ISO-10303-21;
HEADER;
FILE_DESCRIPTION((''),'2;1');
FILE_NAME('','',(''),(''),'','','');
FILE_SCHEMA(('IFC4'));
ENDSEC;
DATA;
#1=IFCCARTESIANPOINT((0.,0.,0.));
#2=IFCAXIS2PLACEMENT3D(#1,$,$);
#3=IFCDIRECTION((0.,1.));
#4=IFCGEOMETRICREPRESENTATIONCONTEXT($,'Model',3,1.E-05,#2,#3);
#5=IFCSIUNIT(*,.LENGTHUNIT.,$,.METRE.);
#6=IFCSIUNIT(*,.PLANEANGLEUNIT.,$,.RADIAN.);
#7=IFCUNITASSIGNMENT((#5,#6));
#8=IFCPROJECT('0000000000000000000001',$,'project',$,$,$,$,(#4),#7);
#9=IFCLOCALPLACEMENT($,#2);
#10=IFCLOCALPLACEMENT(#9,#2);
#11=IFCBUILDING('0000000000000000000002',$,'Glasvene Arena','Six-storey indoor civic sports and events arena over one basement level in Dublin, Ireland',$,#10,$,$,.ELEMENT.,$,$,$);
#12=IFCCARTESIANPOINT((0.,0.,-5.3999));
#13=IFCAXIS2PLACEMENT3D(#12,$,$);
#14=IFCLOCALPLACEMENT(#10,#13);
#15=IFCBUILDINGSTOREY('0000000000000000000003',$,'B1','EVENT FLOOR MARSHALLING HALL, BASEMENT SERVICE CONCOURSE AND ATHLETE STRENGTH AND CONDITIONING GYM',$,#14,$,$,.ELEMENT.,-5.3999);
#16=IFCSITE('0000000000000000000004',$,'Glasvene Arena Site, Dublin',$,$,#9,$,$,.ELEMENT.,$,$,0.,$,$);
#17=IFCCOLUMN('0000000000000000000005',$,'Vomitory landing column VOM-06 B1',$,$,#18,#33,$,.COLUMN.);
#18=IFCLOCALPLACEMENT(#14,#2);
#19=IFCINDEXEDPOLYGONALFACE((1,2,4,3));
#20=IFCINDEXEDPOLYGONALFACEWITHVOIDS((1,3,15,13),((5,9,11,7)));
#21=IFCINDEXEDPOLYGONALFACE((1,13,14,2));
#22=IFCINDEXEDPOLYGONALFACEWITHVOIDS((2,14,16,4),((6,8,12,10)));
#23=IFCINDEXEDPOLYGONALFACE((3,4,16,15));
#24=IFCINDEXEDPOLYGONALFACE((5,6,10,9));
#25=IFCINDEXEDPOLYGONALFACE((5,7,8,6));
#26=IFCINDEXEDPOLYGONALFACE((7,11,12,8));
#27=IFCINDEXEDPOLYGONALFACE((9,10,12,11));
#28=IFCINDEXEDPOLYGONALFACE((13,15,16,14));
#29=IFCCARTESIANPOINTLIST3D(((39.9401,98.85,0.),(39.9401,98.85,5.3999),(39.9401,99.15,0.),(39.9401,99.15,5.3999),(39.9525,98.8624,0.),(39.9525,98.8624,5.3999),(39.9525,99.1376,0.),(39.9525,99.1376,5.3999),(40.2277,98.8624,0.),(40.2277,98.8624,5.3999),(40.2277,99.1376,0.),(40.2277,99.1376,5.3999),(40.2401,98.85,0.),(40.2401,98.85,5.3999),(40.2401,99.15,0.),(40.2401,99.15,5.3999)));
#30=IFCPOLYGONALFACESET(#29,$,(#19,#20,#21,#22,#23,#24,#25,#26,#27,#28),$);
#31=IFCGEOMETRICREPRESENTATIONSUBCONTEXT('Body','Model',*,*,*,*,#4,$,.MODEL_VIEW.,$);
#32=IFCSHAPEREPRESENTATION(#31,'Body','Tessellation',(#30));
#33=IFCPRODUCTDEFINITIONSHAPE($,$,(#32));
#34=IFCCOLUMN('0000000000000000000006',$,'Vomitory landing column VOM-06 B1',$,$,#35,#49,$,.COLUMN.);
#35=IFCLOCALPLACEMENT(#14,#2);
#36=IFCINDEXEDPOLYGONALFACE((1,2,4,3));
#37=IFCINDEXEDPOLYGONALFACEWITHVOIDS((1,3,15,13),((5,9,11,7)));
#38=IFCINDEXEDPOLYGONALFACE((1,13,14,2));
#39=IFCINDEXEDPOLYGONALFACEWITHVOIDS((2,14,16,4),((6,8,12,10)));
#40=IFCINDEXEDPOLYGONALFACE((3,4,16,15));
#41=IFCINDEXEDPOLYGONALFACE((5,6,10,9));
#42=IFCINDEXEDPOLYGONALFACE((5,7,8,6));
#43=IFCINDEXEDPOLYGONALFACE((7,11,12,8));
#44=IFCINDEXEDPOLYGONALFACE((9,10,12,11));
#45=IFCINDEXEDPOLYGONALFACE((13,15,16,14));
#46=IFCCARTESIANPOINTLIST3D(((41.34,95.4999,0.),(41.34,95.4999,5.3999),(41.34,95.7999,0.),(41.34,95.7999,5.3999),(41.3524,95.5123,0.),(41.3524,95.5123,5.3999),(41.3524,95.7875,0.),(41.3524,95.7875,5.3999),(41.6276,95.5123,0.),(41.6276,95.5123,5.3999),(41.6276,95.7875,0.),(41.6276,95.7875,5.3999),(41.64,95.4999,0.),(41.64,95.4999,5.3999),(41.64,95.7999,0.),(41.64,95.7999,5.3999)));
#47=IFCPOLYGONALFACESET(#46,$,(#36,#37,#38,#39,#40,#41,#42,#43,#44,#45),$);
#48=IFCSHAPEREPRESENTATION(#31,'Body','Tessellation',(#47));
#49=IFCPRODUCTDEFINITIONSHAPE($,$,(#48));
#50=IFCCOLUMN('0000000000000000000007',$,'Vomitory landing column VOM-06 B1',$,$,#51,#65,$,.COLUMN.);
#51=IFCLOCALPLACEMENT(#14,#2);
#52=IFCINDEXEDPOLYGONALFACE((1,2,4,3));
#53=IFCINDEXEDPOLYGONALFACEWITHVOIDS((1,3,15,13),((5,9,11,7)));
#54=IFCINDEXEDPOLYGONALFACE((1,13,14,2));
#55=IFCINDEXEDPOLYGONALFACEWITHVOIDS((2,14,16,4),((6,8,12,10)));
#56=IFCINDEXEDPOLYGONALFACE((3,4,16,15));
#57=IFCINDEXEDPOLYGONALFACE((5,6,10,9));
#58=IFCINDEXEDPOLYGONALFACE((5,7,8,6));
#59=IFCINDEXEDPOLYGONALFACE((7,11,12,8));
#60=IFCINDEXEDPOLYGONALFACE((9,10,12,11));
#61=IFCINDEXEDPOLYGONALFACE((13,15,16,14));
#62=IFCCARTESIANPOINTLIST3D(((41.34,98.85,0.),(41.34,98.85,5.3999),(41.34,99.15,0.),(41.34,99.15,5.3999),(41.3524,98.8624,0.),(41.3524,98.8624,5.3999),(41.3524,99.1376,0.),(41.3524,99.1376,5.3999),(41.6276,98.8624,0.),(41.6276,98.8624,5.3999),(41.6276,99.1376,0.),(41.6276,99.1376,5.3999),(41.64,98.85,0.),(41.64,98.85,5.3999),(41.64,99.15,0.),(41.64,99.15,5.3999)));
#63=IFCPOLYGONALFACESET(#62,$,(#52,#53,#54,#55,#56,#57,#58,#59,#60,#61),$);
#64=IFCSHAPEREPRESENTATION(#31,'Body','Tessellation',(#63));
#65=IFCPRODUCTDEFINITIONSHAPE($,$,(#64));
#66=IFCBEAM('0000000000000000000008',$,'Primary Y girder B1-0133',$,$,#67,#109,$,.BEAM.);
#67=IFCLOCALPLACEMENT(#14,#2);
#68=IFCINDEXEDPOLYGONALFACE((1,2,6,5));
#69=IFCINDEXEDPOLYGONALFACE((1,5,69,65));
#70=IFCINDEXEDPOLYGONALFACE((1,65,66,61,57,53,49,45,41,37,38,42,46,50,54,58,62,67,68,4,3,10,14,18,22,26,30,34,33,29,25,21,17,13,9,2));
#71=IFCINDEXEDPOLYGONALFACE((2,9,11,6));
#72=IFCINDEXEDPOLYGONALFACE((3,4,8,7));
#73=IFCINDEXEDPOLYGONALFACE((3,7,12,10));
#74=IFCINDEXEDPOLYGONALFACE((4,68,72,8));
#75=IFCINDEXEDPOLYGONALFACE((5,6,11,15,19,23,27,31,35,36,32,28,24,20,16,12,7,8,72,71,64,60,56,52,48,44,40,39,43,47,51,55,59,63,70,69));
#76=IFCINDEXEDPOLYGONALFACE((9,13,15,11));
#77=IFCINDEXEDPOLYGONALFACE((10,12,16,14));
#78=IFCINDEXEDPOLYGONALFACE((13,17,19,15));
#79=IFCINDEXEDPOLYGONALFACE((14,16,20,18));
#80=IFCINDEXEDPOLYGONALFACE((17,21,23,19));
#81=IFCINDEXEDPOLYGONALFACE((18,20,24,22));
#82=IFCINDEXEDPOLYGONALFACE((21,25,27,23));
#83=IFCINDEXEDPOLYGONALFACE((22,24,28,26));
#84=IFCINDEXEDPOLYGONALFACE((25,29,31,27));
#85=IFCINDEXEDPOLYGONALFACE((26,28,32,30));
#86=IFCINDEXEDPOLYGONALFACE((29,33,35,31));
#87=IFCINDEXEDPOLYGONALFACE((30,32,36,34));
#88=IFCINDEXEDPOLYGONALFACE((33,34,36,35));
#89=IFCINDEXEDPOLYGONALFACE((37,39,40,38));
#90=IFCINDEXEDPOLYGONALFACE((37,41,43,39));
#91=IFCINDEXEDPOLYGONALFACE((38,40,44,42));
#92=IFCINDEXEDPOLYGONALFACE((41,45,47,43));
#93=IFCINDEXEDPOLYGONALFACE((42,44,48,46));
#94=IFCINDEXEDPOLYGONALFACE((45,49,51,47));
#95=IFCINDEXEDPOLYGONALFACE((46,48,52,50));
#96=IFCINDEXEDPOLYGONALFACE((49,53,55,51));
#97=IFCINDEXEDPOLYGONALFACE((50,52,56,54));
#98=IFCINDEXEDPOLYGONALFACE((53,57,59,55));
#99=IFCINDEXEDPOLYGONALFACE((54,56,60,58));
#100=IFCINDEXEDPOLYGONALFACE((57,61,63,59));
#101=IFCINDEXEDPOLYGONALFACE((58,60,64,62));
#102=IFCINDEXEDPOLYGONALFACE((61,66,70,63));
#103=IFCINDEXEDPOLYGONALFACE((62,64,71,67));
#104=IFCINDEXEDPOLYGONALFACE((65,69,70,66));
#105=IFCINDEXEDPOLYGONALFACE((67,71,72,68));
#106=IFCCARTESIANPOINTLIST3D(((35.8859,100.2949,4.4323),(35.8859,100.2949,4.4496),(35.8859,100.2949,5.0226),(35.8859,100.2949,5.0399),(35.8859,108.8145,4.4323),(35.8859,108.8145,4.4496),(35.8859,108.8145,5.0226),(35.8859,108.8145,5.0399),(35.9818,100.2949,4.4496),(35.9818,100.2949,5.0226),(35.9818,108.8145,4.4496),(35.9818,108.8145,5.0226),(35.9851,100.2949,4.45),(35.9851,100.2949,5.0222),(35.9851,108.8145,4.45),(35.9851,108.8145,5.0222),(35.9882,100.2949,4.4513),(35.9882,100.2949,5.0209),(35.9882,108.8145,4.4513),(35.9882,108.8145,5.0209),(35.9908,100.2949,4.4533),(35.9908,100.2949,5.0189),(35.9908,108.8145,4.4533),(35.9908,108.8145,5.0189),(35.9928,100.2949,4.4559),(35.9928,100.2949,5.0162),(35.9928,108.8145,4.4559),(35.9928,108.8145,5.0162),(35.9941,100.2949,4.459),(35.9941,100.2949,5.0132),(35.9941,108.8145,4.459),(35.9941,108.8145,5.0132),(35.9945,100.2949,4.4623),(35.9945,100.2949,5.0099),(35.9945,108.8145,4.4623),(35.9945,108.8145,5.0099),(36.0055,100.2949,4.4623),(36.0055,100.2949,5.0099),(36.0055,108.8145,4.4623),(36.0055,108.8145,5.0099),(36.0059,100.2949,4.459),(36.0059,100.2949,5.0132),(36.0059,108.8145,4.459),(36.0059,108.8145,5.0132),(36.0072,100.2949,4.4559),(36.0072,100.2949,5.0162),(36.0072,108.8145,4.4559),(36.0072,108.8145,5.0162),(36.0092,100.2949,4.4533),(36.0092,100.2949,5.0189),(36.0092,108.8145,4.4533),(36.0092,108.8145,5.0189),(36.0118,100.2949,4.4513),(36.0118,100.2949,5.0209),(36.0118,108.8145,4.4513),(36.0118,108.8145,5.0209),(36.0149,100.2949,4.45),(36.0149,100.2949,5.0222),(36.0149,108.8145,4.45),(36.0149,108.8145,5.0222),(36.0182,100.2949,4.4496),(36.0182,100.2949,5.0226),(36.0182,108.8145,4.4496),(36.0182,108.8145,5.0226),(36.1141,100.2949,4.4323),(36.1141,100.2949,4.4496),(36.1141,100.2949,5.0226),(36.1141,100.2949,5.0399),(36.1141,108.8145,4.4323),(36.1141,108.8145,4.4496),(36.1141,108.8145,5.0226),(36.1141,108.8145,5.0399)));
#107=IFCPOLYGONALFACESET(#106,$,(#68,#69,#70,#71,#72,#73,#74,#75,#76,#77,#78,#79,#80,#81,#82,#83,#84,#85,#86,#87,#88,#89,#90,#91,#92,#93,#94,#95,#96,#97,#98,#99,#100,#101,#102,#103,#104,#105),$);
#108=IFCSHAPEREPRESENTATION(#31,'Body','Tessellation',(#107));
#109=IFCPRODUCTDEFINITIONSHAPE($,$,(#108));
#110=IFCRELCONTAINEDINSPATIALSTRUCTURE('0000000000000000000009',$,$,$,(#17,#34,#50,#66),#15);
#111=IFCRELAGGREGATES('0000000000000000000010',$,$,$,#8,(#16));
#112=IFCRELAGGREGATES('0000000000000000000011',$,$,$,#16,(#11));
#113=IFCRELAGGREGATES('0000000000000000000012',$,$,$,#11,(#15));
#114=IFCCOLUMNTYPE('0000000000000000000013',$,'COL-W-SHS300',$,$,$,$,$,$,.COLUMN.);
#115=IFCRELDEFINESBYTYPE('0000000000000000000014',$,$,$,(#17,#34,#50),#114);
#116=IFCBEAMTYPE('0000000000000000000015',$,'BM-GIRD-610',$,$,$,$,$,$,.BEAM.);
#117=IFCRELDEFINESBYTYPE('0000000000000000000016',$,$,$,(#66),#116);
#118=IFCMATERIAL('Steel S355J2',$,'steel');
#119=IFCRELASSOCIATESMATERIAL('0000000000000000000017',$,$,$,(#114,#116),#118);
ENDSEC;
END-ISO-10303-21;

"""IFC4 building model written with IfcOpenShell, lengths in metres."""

from ifc_helpers import new_model, si_unit, direction, frame, origin, origin_2d, place, context, subcontext, project, spatial, hollow_rectangle, i_section, extrude, material, material_profile, profile_set, type_object, element, save


model = new_model("IFC4")

# Units and contexts
model_context = context("Model", 3, precision=1e-05, world=origin(), true_north=direction((0.0, 1.0)))
body_context = subcontext(model_context, "Body", "Model", "MODEL_VIEW")
ifc_project = project(units=[si_unit("LENGTHUNIT", "METRE"), si_unit("PLANEANGLEUNIT", "RADIAN")], contexts=[model_context])

# Site, building, storey
site_placement = place(None, origin())
site = spatial("IfcSite", under=ifc_project, at=site_placement, Name="Glasvene Arena Site, Dublin", CompositionType="ELEMENT", RefElevation=0.0)
building_placement = place(site_placement, origin())
building = spatial("IfcBuilding", under=site, at=building_placement, Name="Glasvene Arena", Description="Six-storey indoor civic sports and events arena over one basement level in Dublin, Ireland", CompositionType="ELEMENT")
storey_placement = place(building_placement, frame((0.0, 0.0, -5.3999)))
storey = spatial("IfcBuildingStorey", under=building, at=storey_placement, Name="B1", Description="EVENT FLOOR MARSHALLING HALL, BASEMENT SERVICE CONCOURSE AND ATHLETE STRENGTH AND CONDITIONING GYM", CompositionType="ELEMENT", Elevation=-5.3999)

# Columns
ifc_material_1 = material(Name="Steel S355J2", Category="steel")
ifc_material_profile_1 = material_profile(ifc_material_1, hollow_rectangle(XDim=0.3, YDim=0.3, WallThickness=0.0125, at=origin_2d()), Name="SHS 300x300x12.5")
ifc_profile_set_1 = profile_set([ifc_material_profile_1], Name="Steel S355J2")
column_type_1 = type_object("IfcColumnType", Name="COL-W-SHS300", PredefinedType="COLUMN", material=ifc_profile_set_1)
for number, where, z_axis, x_axis, name in (
    (1, (40.0901, 99.0, 0.0), (0.0, 0.0, 1.0), (1.0, 0.0, 0.0), "Vomitory landing column VOM-06 B1"),
    (2, (41.49, 95.6499, 0.0), (0.0, 0.0, 1.0), (1.0, 0.0, 0.0), "Vomitory landing column VOM-06 B1"),
    (3, (41.49, 99.0, 0.0), (0.0, 0.0, 1.0), (1.0, 0.0, 0.0), "Vomitory landing column VOM-06 B1"),
):
    element("IfcColumn", number, at=place(storey_placement, frame(where, z_axis=z_axis, x_axis=x_axis)), inside=storey, type_object=column_type_1, Name=name, PredefinedType="COLUMN", context=body_context, shape_type="SweptSolid", body=[
        extrude(hollow_rectangle(XDim=0.3, YDim=0.3, WallThickness=0.0125, at=origin_2d()), origin(), (0.0, 0.0, 1.0), 5.3999),
    ])

# Beam
ifc_material_profile_2 = material_profile(ifc_material_1, i_section(OverallWidth=0.2283, OverallDepth=0.6077, WebThickness=0.011, FlangeThickness=0.0173, FilletRadius=0.0127, at=origin_2d()), Name="UKB 610x229x113")
ifc_profile_set_2 = profile_set([ifc_material_profile_2], Name="Steel S355J2")
beam_type = type_object("IfcBeamType", Name="BM-GIRD-610", PredefinedType="BEAM", material=ifc_profile_set_2)
beam_placement = place(storey_placement, frame((36.0, 100.2949, 4.7361), z_axis=(0.0, 1.0, 0.0), x_axis=(-1.0, 0.0, 0.0)))
element("IfcBeam", 4, at=beam_placement, inside=storey, type_object=beam_type, Name="Primary Y girder B1-0133", PredefinedType="BEAM", context=body_context, shape_type="SweptSolid", body=[
    extrude(i_section(OverallWidth=0.2283, OverallDepth=0.6077, WebThickness=0.011, FlangeThickness=0.0173, FilletRadius=0.0127, at=origin_2d()), origin(), (0.0, 0.0, 1.0), 8.5195),
])

save(model, "model.ifc")
